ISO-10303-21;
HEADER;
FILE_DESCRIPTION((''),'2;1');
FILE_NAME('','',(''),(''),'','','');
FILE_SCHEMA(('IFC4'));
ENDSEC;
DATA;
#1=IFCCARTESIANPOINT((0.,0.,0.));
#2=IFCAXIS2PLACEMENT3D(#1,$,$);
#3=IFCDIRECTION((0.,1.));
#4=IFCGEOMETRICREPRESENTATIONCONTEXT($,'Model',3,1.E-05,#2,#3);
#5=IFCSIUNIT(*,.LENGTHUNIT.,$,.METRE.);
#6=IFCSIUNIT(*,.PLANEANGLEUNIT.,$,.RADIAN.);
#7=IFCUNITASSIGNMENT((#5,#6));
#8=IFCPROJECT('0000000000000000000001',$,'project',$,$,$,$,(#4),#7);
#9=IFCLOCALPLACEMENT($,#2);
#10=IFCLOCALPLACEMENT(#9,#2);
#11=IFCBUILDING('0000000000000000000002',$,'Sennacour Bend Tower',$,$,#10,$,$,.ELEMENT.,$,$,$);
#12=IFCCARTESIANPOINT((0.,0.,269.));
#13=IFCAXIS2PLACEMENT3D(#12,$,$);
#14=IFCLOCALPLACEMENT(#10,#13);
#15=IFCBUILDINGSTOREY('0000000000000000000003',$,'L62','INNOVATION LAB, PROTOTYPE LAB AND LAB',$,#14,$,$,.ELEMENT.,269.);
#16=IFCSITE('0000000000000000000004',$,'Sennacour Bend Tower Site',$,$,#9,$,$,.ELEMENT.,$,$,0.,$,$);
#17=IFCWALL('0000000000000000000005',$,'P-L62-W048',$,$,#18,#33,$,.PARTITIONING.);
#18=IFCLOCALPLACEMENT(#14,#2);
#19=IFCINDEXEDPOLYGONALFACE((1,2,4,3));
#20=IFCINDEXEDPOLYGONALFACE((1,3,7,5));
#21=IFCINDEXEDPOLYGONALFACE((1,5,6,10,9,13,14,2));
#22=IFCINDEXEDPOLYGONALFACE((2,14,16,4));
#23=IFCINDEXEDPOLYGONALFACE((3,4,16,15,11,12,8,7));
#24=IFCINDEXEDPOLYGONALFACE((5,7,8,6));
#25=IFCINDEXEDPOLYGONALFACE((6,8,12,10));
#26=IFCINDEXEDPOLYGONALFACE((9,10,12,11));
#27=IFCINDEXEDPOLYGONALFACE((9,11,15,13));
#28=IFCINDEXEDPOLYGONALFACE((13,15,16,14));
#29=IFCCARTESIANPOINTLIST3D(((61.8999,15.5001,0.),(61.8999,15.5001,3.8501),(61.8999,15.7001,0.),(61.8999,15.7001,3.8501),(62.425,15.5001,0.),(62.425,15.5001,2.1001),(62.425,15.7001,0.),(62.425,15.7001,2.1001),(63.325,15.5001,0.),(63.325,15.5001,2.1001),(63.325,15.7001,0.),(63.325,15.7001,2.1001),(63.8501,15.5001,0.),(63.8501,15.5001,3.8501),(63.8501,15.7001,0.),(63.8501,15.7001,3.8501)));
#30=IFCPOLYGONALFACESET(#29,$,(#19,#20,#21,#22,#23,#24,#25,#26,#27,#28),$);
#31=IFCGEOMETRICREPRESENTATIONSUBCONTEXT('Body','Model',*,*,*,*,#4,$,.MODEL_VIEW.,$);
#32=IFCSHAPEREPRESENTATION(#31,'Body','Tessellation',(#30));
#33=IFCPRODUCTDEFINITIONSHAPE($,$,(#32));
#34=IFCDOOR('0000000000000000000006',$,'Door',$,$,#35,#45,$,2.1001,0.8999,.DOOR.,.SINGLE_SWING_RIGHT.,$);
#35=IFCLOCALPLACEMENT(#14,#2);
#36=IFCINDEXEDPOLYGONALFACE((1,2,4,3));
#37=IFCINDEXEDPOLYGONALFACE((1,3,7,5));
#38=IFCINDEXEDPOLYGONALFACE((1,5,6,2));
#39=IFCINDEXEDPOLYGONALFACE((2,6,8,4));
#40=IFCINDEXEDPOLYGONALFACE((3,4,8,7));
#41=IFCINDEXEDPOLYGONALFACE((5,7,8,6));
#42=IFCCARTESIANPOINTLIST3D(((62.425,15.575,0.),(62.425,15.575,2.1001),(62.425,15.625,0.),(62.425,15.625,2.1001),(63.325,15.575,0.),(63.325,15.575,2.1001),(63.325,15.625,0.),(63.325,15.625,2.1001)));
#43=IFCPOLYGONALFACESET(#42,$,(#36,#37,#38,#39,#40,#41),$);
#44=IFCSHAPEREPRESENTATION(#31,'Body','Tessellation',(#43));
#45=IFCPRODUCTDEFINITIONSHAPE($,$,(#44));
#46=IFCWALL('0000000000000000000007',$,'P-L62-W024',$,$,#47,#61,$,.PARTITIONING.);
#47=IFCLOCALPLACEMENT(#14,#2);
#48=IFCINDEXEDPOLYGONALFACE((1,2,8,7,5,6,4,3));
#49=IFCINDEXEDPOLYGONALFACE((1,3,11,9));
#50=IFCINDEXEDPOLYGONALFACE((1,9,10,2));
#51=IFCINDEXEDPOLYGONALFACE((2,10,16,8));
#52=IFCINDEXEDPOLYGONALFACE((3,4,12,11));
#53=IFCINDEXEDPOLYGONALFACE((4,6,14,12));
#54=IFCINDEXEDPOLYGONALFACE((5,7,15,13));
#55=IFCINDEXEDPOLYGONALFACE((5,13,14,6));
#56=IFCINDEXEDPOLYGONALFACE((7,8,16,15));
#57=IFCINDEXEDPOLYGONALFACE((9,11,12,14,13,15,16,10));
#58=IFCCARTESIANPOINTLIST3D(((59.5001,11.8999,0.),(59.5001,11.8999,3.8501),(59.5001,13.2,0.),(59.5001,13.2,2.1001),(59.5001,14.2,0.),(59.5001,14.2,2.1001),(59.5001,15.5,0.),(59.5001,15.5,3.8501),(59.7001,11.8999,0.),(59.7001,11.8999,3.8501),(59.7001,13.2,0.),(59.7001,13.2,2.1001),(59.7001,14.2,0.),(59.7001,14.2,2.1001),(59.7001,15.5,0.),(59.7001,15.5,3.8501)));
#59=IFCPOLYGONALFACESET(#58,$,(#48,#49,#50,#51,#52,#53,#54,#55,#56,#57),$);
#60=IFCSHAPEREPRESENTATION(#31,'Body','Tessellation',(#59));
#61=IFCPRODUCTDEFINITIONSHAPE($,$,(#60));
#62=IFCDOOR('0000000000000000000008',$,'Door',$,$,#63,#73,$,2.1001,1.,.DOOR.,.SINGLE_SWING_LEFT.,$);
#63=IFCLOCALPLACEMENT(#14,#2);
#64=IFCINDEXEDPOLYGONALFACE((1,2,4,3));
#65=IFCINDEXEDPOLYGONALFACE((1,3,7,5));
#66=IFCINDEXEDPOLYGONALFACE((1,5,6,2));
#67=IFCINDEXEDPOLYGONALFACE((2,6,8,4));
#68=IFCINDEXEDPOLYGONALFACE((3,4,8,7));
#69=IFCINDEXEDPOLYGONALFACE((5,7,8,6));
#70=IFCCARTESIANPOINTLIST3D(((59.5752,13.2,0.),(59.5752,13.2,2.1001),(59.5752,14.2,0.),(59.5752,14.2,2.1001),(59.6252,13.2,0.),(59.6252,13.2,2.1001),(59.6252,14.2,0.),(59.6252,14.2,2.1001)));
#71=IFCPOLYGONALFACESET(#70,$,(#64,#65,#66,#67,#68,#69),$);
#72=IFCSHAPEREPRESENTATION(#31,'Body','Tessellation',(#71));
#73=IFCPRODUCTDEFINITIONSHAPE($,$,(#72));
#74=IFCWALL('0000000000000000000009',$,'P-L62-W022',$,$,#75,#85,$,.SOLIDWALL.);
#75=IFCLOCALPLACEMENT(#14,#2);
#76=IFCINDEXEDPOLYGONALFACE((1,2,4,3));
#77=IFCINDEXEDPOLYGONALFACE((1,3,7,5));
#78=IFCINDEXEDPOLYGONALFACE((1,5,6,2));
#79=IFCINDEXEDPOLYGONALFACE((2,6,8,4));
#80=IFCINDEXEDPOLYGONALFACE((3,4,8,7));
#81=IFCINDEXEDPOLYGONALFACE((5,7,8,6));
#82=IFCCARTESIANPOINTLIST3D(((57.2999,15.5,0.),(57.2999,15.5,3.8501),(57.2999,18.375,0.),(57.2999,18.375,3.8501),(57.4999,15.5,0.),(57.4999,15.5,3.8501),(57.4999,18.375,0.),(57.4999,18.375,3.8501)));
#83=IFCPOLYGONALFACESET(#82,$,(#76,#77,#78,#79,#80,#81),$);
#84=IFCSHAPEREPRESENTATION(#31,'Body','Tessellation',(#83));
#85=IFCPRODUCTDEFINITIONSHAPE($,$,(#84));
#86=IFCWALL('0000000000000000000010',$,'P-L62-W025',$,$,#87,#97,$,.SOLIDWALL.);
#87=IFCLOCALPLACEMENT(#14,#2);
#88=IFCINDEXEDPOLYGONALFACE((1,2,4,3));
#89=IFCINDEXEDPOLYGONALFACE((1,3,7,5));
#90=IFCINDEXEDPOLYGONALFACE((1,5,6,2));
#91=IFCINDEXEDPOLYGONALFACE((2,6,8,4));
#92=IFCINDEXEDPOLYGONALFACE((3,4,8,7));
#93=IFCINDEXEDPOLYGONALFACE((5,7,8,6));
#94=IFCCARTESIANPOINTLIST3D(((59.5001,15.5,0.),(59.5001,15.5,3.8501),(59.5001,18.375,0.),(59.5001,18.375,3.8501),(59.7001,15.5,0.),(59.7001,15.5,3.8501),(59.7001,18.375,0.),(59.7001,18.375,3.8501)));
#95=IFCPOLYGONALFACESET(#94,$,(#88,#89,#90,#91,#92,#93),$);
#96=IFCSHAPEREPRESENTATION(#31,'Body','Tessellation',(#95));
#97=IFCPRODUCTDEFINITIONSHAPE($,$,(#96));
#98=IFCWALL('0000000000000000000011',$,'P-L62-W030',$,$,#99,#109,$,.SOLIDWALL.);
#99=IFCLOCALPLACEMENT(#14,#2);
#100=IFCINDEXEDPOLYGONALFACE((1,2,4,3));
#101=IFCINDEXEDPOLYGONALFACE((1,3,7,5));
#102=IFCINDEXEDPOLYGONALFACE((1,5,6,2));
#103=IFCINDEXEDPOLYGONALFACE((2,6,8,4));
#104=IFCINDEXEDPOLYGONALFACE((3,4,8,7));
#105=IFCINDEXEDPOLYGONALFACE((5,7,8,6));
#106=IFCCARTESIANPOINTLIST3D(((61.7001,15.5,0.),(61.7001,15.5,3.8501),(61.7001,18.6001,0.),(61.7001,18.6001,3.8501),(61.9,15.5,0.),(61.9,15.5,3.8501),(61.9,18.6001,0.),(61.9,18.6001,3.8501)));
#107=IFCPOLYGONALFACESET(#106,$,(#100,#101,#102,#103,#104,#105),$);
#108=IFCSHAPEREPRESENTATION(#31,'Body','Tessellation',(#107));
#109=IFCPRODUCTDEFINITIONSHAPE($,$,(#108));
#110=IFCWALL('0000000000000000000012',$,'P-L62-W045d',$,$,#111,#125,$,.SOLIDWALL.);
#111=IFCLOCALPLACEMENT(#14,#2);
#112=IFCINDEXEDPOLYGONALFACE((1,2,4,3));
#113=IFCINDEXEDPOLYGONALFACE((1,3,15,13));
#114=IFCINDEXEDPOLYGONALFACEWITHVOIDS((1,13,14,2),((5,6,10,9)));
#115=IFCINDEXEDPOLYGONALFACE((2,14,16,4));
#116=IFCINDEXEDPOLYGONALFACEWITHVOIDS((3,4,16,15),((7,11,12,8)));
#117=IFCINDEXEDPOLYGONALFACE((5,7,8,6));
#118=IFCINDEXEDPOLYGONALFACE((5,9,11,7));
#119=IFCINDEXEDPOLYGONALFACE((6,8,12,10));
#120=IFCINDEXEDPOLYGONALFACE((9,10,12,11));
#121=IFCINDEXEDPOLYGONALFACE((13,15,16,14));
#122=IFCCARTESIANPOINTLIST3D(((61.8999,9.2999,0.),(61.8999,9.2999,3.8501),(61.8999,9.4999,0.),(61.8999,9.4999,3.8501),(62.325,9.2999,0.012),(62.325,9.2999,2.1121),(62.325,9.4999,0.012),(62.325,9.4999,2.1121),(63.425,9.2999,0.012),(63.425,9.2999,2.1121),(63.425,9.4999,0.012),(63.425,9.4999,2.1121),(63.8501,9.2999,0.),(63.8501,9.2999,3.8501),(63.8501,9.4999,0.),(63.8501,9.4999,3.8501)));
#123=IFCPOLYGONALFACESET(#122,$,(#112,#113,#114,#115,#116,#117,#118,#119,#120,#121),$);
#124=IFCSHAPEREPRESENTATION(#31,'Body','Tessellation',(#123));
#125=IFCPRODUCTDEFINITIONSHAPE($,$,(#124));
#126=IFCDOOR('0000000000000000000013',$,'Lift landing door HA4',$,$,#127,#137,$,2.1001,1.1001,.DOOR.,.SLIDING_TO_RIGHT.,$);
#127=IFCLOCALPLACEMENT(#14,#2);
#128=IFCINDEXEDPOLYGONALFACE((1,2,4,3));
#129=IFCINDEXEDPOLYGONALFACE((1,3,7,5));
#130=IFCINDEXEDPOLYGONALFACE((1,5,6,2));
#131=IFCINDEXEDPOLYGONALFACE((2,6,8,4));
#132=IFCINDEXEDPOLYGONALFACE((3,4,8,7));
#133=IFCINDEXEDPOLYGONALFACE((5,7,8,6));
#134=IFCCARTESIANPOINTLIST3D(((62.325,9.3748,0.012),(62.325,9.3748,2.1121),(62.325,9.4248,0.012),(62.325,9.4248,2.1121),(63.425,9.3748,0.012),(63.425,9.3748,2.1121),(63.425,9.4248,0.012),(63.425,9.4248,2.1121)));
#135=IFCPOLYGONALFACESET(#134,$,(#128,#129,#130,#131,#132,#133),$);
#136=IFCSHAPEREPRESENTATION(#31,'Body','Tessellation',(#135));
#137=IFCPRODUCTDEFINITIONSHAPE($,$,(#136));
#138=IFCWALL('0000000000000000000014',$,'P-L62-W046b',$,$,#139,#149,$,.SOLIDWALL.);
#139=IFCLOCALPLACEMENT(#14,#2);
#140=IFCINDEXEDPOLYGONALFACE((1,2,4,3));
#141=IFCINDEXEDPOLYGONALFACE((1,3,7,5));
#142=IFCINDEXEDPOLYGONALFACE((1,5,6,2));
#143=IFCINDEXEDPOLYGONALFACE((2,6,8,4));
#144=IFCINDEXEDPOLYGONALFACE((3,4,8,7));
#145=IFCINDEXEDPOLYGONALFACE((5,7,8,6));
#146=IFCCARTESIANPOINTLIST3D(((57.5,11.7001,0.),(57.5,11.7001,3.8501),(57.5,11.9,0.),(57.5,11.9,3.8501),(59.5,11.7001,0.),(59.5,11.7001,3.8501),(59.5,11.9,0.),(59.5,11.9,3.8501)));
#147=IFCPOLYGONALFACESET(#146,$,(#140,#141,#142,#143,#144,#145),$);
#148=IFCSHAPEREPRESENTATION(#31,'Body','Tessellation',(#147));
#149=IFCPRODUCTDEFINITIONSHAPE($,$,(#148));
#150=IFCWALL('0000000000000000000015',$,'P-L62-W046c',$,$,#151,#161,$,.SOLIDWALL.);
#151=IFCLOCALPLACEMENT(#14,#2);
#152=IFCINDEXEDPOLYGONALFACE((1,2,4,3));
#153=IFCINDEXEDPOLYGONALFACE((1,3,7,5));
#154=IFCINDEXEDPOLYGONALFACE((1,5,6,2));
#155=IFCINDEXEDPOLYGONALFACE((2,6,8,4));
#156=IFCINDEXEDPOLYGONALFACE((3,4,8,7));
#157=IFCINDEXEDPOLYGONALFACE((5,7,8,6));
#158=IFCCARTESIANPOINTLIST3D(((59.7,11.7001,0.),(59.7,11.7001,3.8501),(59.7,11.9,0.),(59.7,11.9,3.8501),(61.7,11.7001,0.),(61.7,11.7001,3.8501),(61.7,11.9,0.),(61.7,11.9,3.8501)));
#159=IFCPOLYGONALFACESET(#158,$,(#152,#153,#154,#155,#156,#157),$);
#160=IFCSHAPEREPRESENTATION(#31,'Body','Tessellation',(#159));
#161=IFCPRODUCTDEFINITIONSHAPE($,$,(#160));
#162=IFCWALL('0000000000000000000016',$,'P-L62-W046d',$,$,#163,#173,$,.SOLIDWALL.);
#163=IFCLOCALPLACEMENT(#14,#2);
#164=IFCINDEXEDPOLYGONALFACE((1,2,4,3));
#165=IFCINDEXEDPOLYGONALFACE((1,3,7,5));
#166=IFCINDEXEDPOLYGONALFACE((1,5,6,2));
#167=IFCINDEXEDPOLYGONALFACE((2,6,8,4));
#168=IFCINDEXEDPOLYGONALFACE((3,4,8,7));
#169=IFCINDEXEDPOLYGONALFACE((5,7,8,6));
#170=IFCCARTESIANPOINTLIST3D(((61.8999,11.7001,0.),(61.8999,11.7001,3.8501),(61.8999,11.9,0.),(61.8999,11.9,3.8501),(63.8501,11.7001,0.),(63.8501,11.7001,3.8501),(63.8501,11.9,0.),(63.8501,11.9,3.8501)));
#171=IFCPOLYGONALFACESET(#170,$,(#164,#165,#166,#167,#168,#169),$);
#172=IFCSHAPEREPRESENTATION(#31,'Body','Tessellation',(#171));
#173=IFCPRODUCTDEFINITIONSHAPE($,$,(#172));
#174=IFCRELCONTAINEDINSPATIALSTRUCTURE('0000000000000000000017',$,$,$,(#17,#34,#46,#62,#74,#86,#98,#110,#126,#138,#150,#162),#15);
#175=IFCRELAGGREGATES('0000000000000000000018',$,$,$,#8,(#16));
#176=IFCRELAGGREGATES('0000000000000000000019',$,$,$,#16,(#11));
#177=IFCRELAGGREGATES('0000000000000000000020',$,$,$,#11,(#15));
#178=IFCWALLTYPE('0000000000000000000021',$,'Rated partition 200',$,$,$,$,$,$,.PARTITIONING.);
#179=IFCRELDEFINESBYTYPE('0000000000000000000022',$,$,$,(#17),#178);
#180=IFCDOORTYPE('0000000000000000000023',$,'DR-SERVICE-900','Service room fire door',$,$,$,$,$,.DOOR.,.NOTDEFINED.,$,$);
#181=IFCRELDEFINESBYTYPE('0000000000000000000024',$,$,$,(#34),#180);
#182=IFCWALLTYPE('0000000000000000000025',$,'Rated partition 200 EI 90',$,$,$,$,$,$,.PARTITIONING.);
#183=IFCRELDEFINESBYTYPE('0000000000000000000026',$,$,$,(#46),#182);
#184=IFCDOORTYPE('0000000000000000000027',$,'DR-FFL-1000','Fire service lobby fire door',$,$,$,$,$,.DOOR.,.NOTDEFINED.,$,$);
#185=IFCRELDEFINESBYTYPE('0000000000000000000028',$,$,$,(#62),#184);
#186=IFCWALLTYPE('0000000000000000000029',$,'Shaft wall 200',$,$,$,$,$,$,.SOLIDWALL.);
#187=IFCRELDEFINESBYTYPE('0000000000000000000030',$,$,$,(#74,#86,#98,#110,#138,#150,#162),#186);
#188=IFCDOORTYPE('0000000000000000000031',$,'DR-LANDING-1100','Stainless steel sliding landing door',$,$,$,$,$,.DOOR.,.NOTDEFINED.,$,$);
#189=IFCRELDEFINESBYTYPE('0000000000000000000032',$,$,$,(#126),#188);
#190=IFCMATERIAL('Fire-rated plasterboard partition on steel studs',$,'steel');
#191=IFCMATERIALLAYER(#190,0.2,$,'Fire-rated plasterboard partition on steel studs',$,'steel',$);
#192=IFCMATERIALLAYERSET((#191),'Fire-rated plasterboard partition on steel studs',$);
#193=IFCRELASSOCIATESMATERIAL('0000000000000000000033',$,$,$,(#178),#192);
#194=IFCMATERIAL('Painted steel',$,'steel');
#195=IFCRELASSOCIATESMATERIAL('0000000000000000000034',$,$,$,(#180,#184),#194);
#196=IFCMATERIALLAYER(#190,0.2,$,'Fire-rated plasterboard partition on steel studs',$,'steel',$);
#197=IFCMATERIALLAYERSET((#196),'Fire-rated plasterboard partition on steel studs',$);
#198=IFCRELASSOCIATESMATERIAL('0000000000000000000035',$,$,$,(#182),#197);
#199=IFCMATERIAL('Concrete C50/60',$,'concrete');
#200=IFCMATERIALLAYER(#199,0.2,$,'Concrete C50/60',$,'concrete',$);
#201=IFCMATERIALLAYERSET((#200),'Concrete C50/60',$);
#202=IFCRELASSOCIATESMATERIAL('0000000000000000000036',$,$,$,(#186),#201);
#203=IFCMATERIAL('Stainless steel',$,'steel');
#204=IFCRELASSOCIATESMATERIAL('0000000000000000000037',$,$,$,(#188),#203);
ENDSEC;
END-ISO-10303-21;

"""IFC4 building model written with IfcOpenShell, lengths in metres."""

from ifc_helpers import new_model, si_unit, direction, frame, frame_2d, origin, place, context, subcontext, project, spatial, rectangle, extrude, material, layer, layer_set, type_object, element, fill, save


model = new_model("IFC4")

# Units and contexts
model_context = context("Model", 3, precision=1e-05, world=origin(), true_north=direction((0.0, 1.0)))
body_context = subcontext(model_context, "Body", "Model", "MODEL_VIEW")
ifc_project = project(units=[si_unit("LENGTHUNIT", "METRE"), si_unit("PLANEANGLEUNIT", "RADIAN")], contexts=[model_context])

# Site, building, storey
site_placement = place(None, origin())
site = spatial("IfcSite", under=ifc_project, at=site_placement, Name="Sennacour Bend Tower Site", CompositionType="ELEMENT", RefElevation=0.0)
building_placement = place(site_placement, origin())
building = spatial("IfcBuilding", under=site, at=building_placement, Name="Sennacour Bend Tower", CompositionType="ELEMENT")
storey_placement = place(building_placement, frame((0.0, 0.0, 269.0)))
storey = spatial("IfcBuildingStorey", under=building, at=storey_placement, Name="L62", Description="INNOVATION LAB, PROTOTYPE LAB AND LAB", CompositionType="ELEMENT", Elevation=269.0)

# Walls, openings, doors
ifc_material_1 = material(Name="Fire-rated plasterboard partition on steel studs", Category="steel")
ifc_layer_1 = layer(ifc_material_1, 0.2, Name="Fire-rated plasterboard partition on steel studs", Category="steel")
ifc_layer_set_1 = layer_set([ifc_layer_1], Name="Fire-rated plasterboard partition on steel studs")
wall_type_1 = type_object("IfcWallType", Name="Rated partition 200", PredefinedType="PARTITIONING", material=ifc_layer_set_1)
wall_1_placement = place(storey_placement, frame((61.8999, 15.6001, 0.0), z_axis=(0.0, 0.0, 1.0), x_axis=(1.0, 0.0, 0.0)))
wall_1 = element("IfcWall", 1, at=wall_1_placement, inside=storey, type_object=wall_type_1, Name="P-L62-W048", PredefinedType="PARTITIONING", context=body_context, shape_type="SweptSolid", body=[
    extrude(rectangle(XDim=1.9502, YDim=0.2, at=frame_2d((0.9751, 0.0))), origin(), (0.0, 0.0, 1.0), 3.8501),
])
opening_1_placement = place(wall_1_placement, frame((0.5251, 0.0, 0.0)))
opening_1 = element("IfcOpeningElement", 2, at=opening_1_placement, cuts=wall_1, PredefinedType="OPENING", context=body_context, shape_type="SweptSolid", body=[
    extrude(rectangle(XDim=0.8999, YDim=2.1001, at=frame_2d((0.45, 1.05))), frame((0.0, 0.1099, 0.0), z_axis=(0.0, -1.0, 0.0), x_axis=(1.0, 0.0, 0.0)), (0.0, 0.0, 1.0), 0.22),
])
ifc_material_2 = material(Name="Painted steel", Category="steel")
door_type_1 = type_object("IfcDoorType", Name="DR-SERVICE-900", Description="Service room fire door", OperationType="NOTDEFINED", PredefinedType="DOOR", material=ifc_material_2)
door_1_placement = place(opening_1_placement, origin())
door_1 = element("IfcDoor", 3, at=door_1_placement, inside=storey, type_object=door_type_1, Name="Door", OperationType="SINGLE_SWING_RIGHT", OverallHeight=2.1001, OverallWidth=0.8999, PredefinedType="DOOR", context=body_context, shape_type="SweptSolid", body=[
    extrude(rectangle(XDim=0.8999, YDim=2.1001, at=frame_2d((0.45, 1.05))), frame((0.0, 0.0249, 0.0), z_axis=(0.0, -1.0, 0.0), x_axis=(1.0, 0.0, 0.0)), (0.0, 0.0, 1.0), 0.05),
])
fill(opening_1, door_1)
ifc_layer_2 = layer(ifc_material_1, 0.2, Name="Fire-rated plasterboard partition on steel studs", Category="steel")
ifc_layer_set_2 = layer_set([ifc_layer_2], Name="Fire-rated plasterboard partition on steel studs")
wall_type_2 = type_object("IfcWallType", Name="Rated partition 200 EI 90", PredefinedType="PARTITIONING", material=ifc_layer_set_2)
wall_2_placement = place(storey_placement, frame((59.6001, 11.8999, 0.0), z_axis=(0.0, 0.0, 1.0), x_axis=(0.0, 1.0, 0.0)))
wall_2 = element("IfcWall", 4, at=wall_2_placement, inside=storey, type_object=wall_type_2, Name="P-L62-W024", PredefinedType="PARTITIONING", context=body_context, shape_type="SweptSolid", body=[
    extrude(rectangle(XDim=3.6001, YDim=0.2, at=frame_2d((1.8, 0.0))), origin(), (0.0, 0.0, 1.0), 3.8501),
])
opening_2_placement = place(wall_2_placement, frame((1.3, 0.0, 0.0)))
opening_2 = element("IfcOpeningElement", 5, at=opening_2_placement, cuts=wall_2, PredefinedType="OPENING", context=body_context, shape_type="SweptSolid", body=[
    extrude(rectangle(XDim=1.0, YDim=2.1001, at=frame_2d((0.5, 1.05))), frame((0.0, 0.1099, 0.0), z_axis=(0.0, -1.0, 0.0), x_axis=(1.0, 0.0, 0.0)), (0.0, 0.0, 1.0), 0.22),
])
door_type_2 = type_object("IfcDoorType", Name="DR-FFL-1000", Description="Fire service lobby fire door", OperationType="NOTDEFINED", PredefinedType="DOOR", material=ifc_material_2)
door_2_placement = place(opening_2_placement, origin())
door_2 = element("IfcDoor", 6, at=door_2_placement, inside=storey, type_object=door_type_2, Name="Door", OperationType="SINGLE_SWING_LEFT", OverallHeight=2.1001, OverallWidth=1.0, PredefinedType="DOOR", context=body_context, shape_type="SweptSolid", body=[
    extrude(rectangle(XDim=1.0, YDim=2.1001, at=frame_2d((0.5, 1.05))), frame((0.0, 0.0249, 0.0), z_axis=(0.0, -1.0, 0.0), x_axis=(1.0, 0.0, 0.0)), (0.0, 0.0, 1.0), 0.05),
])
fill(opening_2, door_2)

# Walls
ifc_material_3 = material(Name="Concrete C50/60", Category="concrete")
ifc_layer_3 = layer(ifc_material_3, 0.2, Name="Concrete C50/60", Category="concrete")
ifc_layer_set_3 = layer_set([ifc_layer_3], Name="Concrete C50/60")
wall_type_3 = type_object("IfcWallType", Name="Shaft wall 200", PredefinedType="SOLIDWALL", material=ifc_layer_set_3)
for number, where, z_axis, x_axis, name in (
    (7, (57.3999, 15.5, 0.0), (0.0, 0.0, 1.0), (0.0, 1.0, 0.0), "P-L62-W022"),
    (8, (59.6001, 15.5, 0.0), (0.0, 0.0, 1.0), (0.0, 1.0, 0.0), "P-L62-W025"),
):
    element("IfcWall", number, at=place(storey_placement, frame(where, z_axis=z_axis, x_axis=x_axis)), inside=storey, type_object=wall_type_3, Name=name, PredefinedType="SOLIDWALL", context=body_context, shape_type="SweptSolid", body=[
        extrude(rectangle(XDim=2.875, YDim=0.2, at=frame_2d((1.4375, 0.0))), origin(), (0.0, 0.0, 1.0), 3.8501),
    ])
wall_3_placement = place(storey_placement, frame((61.8, 15.5, 0.0), z_axis=(0.0, 0.0, 1.0), x_axis=(0.0, 1.0, 0.0)))
element("IfcWall", 9, at=wall_3_placement, inside=storey, type_object=wall_type_3, Name="P-L62-W030", PredefinedType="SOLIDWALL", context=body_context, shape_type="SweptSolid", body=[
    extrude(rectangle(XDim=3.1001, YDim=0.2, at=frame_2d((1.55, 0.0))), origin(), (0.0, 0.0, 1.0), 3.8501),
])

# Wall, opening, door
wall_4_placement = place(storey_placement, frame((61.8999, 9.3999, 0.0), z_axis=(0.0, 0.0, 1.0), x_axis=(1.0, 0.0, 0.0)))
wall_4 = element("IfcWall", 10, at=wall_4_placement, inside=storey, type_object=wall_type_3, Name="P-L62-W045d", PredefinedType="SOLIDWALL", context=body_context, shape_type="SweptSolid", body=[
    extrude(rectangle(XDim=1.9502, YDim=0.2, at=frame_2d((0.9751, 0.0))), origin(), (0.0, 0.0, 1.0), 3.8501),
])
opening_3_placement = place(wall_4_placement, frame((0.425, 0.0, 0.012)))
opening_3 = element("IfcOpeningElement", 11, at=opening_3_placement, cuts=wall_4, PredefinedType="OPENING", context=body_context, shape_type="SweptSolid", body=[
    extrude(rectangle(XDim=1.1001, YDim=2.1001, at=frame_2d((0.55, 1.05))), frame((0.0, 0.1099, 0.0), z_axis=(0.0, -1.0, 0.0), x_axis=(1.0, 0.0, 0.0)), (0.0, 0.0, 1.0), 0.22),
])
ifc_material_4 = material(Name="Stainless steel", Category="steel")
door_type_3 = type_object("IfcDoorType", Name="DR-LANDING-1100", Description="Stainless steel sliding landing door", OperationType="NOTDEFINED", PredefinedType="DOOR", material=ifc_material_4)
door_3_placement = place(opening_3_placement, origin())
door_3 = element("IfcDoor", 12, at=door_3_placement, inside=storey, type_object=door_type_3, Name="Lift landing door HA4", OperationType="SLIDING_TO_RIGHT", OverallHeight=2.1001, OverallWidth=1.1001, PredefinedType="DOOR", context=body_context, shape_type="SweptSolid", body=[
    extrude(rectangle(XDim=1.1001, YDim=2.1001, at=frame_2d((0.55, 1.05))), frame((0.0, 0.0249, 0.0), z_axis=(0.0, -1.0, 0.0), x_axis=(1.0, 0.0, 0.0)), (0.0, 0.0, 1.0), 0.05),
])
fill(opening_3, door_3)

# Walls
for number, where, z_axis, x_axis, name in (
    (13, (57.5, 11.8, 0.0), (0.0, 0.0, 1.0), (1.0, 0.0, 0.0), "P-L62-W046b"),
    (14, (59.7, 11.8, 0.0), (0.0, 0.0, 1.0), (1.0, 0.0, 0.0), "P-L62-W046c"),
):
    element("IfcWall", number, at=place(storey_placement, frame(where, z_axis=z_axis, x_axis=x_axis)), inside=storey, type_object=wall_type_3, Name=name, PredefinedType="SOLIDWALL", context=body_context, shape_type="SweptSolid", body=[
        extrude(rectangle(XDim=2.0, YDim=0.2, at=frame_2d((1.0, 0.0))), origin(), (0.0, 0.0, 1.0), 3.8501),
    ])
wall_5_placement = place(storey_placement, frame((61.8999, 11.8, 0.0), z_axis=(0.0, 0.0, 1.0), x_axis=(1.0, 0.0, 0.0)))
element("IfcWall", 15, at=wall_5_placement, inside=storey, type_object=wall_type_3, Name="P-L62-W046d", PredefinedType="SOLIDWALL", context=body_context, shape_type="SweptSolid", body=[
    extrude(rectangle(XDim=1.9502, YDim=0.2, at=frame_2d((0.9751, 0.0))), origin(), (0.0, 0.0, 1.0), 3.8501),
])

save(model, "model.ifc")
